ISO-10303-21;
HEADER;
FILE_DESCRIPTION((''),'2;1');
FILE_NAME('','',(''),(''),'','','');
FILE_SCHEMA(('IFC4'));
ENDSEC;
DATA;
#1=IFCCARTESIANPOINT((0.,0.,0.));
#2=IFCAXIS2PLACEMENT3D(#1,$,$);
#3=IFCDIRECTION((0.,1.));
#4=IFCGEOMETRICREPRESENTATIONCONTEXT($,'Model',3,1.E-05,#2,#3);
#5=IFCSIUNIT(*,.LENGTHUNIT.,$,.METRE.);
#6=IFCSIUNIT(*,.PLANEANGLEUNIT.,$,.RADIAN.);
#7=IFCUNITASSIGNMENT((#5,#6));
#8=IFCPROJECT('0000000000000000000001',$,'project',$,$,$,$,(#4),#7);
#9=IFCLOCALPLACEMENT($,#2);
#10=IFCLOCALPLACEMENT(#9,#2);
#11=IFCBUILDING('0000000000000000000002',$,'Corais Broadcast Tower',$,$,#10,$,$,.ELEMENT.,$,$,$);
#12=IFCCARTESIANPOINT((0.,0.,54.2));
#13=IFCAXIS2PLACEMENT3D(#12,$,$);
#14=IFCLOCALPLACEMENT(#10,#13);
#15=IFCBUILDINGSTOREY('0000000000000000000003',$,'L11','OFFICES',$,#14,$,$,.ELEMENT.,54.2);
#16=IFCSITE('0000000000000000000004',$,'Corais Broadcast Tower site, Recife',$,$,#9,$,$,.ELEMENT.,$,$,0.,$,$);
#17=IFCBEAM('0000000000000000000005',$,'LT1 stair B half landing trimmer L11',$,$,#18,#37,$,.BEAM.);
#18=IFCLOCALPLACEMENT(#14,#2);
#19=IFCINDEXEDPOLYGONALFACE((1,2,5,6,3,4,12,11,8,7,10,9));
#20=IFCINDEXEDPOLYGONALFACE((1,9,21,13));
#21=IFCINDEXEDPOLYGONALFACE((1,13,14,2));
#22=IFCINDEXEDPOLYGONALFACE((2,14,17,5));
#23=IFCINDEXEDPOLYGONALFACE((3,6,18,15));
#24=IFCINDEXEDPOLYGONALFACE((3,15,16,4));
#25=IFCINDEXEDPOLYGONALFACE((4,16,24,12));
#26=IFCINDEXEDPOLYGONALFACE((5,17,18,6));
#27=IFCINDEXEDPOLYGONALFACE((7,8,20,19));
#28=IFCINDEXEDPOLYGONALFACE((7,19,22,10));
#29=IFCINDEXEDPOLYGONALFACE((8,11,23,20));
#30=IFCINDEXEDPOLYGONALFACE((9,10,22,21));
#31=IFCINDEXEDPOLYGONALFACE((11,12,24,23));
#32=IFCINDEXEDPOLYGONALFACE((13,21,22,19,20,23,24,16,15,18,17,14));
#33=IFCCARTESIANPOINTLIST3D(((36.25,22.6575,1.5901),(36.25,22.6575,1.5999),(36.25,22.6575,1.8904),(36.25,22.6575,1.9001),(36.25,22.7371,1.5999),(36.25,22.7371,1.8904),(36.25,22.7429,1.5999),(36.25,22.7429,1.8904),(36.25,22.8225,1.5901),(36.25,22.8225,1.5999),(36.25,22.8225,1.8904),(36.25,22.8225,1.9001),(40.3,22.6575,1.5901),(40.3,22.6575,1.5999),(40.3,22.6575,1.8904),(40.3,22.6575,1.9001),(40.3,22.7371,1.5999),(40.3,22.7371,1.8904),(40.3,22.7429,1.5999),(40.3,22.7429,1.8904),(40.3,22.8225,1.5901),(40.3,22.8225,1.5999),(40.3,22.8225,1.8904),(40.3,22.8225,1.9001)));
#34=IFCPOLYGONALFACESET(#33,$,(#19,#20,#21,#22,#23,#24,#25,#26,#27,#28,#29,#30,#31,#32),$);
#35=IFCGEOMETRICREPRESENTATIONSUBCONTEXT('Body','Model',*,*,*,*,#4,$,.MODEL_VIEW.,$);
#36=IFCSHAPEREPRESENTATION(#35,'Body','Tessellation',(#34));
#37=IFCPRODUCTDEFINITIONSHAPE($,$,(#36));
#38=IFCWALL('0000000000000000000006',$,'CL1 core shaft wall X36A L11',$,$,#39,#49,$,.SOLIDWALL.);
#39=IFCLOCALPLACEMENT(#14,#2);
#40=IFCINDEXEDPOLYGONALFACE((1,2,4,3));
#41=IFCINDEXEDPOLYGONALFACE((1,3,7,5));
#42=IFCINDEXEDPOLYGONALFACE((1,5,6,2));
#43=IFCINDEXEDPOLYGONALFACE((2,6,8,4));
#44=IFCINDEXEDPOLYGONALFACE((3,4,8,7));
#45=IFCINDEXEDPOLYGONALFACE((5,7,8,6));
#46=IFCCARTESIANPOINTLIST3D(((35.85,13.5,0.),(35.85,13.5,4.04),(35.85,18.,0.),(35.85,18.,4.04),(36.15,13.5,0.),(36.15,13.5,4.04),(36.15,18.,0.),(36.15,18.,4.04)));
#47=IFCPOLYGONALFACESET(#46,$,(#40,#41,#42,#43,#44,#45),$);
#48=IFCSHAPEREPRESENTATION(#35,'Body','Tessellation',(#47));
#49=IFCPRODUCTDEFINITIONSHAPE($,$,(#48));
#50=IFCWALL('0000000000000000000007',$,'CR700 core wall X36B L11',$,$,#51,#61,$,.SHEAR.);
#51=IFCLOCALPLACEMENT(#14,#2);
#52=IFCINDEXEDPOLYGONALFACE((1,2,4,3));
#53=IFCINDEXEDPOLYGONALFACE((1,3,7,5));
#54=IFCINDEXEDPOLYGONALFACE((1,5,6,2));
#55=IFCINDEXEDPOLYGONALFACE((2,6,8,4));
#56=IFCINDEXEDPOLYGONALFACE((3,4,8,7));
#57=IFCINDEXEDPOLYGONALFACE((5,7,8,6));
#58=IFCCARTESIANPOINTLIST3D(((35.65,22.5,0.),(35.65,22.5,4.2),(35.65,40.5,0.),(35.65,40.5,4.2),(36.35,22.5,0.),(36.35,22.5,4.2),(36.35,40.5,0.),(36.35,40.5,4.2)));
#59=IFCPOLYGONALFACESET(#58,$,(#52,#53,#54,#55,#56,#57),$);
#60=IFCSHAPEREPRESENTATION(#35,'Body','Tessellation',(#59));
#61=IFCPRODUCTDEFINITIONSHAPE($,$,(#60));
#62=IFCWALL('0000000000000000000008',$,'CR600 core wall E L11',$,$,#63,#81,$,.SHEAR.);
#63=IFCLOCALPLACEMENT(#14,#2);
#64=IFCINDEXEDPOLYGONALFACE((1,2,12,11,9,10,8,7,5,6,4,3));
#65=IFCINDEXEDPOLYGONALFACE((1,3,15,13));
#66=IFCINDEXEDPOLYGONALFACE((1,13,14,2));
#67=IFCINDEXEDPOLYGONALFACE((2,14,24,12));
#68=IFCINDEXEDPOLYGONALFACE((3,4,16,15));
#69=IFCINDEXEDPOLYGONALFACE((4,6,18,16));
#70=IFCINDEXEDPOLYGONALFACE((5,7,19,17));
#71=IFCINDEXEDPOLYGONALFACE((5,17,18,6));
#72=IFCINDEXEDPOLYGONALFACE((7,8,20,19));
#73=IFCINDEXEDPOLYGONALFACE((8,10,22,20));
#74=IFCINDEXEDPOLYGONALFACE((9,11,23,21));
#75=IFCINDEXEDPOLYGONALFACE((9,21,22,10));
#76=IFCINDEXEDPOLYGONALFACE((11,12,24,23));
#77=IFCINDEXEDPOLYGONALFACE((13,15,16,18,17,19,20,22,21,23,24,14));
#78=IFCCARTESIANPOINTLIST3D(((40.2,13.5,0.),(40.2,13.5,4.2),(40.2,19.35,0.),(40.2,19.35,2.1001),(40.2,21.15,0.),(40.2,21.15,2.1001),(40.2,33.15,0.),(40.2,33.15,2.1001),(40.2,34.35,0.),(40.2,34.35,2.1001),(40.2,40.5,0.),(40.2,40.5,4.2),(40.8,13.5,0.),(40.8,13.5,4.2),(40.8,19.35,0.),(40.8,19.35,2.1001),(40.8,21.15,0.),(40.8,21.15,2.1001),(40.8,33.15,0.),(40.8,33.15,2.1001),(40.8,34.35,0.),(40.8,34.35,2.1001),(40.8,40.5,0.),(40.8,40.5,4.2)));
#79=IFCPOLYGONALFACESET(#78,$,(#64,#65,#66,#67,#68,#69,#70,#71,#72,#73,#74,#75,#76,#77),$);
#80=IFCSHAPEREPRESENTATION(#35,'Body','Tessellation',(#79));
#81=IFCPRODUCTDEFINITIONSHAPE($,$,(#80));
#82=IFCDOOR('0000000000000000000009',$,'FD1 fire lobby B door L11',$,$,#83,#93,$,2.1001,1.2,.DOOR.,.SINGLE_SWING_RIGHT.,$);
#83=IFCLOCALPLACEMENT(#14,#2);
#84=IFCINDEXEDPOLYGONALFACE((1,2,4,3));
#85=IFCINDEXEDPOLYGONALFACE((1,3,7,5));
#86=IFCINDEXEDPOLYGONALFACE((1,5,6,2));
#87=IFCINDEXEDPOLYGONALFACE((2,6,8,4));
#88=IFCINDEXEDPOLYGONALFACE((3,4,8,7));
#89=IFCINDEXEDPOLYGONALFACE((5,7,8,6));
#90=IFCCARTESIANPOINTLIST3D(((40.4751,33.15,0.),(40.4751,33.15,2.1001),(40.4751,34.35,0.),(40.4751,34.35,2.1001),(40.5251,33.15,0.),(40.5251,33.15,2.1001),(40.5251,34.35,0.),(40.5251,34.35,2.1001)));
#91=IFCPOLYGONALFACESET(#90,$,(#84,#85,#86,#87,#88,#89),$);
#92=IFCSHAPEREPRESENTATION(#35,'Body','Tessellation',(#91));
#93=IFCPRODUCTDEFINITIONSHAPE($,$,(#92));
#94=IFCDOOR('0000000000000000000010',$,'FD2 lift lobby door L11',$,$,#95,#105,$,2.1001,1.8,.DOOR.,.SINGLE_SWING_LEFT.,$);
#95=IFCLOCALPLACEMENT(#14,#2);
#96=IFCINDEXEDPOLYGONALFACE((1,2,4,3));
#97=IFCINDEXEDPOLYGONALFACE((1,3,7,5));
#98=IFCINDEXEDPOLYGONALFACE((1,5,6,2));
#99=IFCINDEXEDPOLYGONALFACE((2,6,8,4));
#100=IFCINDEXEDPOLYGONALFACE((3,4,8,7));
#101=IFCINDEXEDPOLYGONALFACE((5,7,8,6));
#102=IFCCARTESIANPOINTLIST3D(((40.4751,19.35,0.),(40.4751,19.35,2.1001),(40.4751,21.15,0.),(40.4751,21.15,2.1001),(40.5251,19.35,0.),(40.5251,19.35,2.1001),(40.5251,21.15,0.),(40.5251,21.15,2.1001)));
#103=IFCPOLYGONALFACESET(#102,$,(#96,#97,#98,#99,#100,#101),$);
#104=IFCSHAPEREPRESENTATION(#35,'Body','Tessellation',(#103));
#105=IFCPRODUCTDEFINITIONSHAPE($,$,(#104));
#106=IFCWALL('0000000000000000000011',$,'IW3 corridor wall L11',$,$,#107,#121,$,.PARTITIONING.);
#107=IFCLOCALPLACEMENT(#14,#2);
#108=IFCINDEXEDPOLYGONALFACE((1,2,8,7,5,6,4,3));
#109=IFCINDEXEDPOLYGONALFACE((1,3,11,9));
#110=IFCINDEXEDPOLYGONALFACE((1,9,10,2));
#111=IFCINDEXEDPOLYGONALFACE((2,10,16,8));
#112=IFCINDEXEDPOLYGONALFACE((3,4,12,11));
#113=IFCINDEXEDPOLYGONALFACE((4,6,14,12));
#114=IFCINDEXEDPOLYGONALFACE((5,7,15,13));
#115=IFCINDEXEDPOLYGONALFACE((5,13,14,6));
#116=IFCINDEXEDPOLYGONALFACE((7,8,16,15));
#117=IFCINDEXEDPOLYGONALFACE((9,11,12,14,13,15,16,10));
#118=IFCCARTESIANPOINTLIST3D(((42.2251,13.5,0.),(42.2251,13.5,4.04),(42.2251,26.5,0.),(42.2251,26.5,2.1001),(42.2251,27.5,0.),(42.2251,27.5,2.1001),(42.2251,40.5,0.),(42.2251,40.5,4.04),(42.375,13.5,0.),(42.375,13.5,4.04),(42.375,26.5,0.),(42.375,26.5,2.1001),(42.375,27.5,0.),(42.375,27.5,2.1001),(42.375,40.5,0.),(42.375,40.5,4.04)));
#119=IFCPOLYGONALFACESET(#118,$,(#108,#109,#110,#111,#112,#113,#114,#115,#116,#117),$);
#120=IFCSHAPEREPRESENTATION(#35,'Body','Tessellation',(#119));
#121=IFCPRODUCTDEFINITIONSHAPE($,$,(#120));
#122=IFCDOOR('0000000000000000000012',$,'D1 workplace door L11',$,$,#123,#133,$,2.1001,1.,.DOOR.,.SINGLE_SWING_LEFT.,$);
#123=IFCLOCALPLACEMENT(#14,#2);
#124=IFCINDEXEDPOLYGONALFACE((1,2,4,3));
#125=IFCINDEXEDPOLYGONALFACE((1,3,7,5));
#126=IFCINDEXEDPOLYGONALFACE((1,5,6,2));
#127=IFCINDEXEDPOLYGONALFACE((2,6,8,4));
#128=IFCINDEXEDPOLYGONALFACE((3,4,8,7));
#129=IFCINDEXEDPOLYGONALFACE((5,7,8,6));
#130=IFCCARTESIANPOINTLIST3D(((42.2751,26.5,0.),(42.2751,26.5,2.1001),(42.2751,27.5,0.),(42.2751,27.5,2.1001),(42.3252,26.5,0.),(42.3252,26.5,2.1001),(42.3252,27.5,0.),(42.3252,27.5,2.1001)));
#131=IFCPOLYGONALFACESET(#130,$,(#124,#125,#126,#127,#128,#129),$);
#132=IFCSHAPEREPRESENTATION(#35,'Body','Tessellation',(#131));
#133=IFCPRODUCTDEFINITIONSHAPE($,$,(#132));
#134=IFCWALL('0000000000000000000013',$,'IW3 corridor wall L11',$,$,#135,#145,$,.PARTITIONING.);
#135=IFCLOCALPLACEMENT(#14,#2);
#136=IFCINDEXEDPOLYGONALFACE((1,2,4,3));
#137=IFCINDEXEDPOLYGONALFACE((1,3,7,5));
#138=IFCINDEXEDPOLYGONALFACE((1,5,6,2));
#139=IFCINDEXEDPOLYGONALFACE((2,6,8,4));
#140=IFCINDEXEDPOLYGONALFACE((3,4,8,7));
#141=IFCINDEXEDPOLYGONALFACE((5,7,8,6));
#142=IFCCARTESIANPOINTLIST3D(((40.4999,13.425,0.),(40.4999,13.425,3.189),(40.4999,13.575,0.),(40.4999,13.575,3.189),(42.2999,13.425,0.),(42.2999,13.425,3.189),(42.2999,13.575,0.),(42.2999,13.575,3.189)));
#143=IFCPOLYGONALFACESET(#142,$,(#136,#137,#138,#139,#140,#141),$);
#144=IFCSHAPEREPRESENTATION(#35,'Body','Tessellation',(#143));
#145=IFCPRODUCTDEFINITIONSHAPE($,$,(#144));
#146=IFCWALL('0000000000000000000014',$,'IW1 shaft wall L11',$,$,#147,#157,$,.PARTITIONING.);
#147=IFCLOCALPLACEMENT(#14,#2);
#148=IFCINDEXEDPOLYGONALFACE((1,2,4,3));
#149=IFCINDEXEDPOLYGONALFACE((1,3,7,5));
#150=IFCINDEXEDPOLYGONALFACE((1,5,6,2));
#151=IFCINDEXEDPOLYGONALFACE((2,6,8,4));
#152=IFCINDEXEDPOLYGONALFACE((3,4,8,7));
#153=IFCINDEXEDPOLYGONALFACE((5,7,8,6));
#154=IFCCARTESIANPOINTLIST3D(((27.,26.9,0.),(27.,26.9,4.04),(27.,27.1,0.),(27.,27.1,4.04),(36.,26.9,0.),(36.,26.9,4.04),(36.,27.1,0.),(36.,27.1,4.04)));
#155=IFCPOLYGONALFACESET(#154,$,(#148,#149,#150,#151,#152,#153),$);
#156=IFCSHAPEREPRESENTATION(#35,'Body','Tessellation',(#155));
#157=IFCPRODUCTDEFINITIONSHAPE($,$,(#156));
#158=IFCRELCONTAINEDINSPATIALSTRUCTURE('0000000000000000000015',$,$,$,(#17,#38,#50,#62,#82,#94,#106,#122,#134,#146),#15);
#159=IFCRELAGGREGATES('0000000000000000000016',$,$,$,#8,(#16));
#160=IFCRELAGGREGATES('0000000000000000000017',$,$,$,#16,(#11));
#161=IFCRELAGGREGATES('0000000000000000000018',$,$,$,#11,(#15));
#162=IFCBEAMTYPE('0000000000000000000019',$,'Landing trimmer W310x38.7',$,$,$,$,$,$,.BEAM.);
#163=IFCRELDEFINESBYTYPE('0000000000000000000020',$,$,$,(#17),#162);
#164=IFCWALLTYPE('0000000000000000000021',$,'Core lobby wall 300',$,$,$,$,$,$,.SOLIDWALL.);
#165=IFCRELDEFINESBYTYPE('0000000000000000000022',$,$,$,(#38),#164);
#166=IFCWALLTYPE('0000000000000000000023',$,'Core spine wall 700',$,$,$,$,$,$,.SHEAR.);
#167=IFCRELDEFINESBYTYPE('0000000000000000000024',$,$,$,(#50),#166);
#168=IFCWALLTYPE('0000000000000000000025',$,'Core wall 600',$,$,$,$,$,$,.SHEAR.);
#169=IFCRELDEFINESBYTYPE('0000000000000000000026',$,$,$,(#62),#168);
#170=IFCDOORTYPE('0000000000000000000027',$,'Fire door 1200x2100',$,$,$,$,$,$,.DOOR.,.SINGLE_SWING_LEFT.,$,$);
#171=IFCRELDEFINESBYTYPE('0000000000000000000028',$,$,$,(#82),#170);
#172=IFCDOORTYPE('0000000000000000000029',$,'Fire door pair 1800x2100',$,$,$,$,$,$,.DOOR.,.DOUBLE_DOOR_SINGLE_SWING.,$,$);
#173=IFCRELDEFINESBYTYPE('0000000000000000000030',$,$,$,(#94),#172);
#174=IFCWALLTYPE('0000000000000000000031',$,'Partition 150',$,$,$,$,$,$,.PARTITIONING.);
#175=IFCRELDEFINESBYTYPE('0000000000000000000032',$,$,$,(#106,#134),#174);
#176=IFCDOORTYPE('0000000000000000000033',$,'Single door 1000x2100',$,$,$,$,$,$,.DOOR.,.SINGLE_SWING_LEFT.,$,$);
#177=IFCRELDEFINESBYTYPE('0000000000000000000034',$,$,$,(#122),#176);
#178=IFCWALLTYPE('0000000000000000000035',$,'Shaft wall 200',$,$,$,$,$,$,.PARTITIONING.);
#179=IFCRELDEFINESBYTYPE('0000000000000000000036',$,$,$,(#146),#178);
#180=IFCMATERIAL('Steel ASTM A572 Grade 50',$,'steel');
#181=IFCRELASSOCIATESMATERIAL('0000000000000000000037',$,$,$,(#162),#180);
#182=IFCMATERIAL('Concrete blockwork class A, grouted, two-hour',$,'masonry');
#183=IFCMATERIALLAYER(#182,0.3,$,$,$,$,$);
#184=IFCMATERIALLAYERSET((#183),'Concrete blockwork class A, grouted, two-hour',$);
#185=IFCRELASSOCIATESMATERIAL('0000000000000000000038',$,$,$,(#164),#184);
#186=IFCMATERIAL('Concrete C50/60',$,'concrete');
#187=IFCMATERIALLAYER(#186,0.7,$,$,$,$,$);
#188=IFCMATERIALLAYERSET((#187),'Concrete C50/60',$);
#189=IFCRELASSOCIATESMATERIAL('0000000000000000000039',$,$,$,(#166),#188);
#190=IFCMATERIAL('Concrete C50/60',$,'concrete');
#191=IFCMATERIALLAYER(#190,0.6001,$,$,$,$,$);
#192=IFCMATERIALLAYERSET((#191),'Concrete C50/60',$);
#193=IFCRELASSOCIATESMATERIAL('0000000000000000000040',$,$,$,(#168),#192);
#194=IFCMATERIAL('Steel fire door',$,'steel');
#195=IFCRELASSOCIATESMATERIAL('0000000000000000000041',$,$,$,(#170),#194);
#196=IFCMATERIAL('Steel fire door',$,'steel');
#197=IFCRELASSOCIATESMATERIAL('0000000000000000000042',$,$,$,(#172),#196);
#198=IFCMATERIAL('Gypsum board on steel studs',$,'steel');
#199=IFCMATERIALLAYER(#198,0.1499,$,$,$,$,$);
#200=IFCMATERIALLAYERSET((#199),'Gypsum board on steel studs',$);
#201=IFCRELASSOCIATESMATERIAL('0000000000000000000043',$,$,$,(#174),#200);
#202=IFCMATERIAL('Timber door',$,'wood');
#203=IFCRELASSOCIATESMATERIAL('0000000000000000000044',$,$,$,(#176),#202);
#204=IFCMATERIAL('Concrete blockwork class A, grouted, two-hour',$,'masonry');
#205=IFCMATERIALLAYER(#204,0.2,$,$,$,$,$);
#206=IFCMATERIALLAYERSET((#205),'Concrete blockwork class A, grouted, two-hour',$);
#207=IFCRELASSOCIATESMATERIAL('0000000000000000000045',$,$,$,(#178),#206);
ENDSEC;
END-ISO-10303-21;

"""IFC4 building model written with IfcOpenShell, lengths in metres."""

from ifc_helpers import new_model, si_unit, direction, frame, frame_2d, origin, origin_2d, place, context, subcontext, project, spatial, rectangle, i_section, extrude, material, layer, layer_set, material_profile, profile_set, type_object, element, fill, save


model = new_model("IFC4")

# Units and contexts
model_context = context("Model", 3, precision=1e-05, world=origin(), true_north=direction((0.0, 1.0)))
body_context = subcontext(model_context, "Body", "Model", "MODEL_VIEW")
ifc_project = project(units=[si_unit("LENGTHUNIT", "METRE"), si_unit("PLANEANGLEUNIT", "RADIAN")], contexts=[model_context])

# Site, building, storey
site_placement = place(None, origin())
site = spatial("IfcSite", under=ifc_project, at=site_placement, Name="Corais Broadcast Tower site, Recife", CompositionType="ELEMENT", RefElevation=0.0)
building_placement = place(site_placement, origin())
building = spatial("IfcBuilding", under=site, at=building_placement, Name="Corais Broadcast Tower", CompositionType="ELEMENT")
storey_placement = place(building_placement, frame((0.0, 0.0, 54.2)))
storey = spatial("IfcBuildingStorey", under=building, at=storey_placement, Name="L11", Description="OFFICES", CompositionType="ELEMENT", Elevation=54.2)

# Beam
ifc_material_1 = material(Name="Steel ASTM A572 Grade 50", Category="steel")
ifc_material_profile = material_profile(ifc_material_1, i_section(OverallWidth=0.165, OverallDepth=0.3101, WebThickness=0.0059, FlangeThickness=0.0098, at=origin_2d()), Name="W310x38.7")
ifc_profile_set = profile_set([ifc_material_profile], Name="Steel ASTM A572 Grade 50")
beam_type = type_object("IfcBeamType", Name="Landing trimmer W310x38.7", PredefinedType="BEAM", material=ifc_profile_set)
beam_placement = place(storey_placement, frame((36.25, 22.74, 1.7451), z_axis=(1.0, 0.0, 0.0), x_axis=(0.0, 1.0, 0.0)))
element("IfcBeam", 1, at=beam_placement, inside=storey, type_object=beam_type, Name="LT1 stair B half landing trimmer L11", PredefinedType="BEAM", context=body_context, shape_type="SweptSolid", body=[
    extrude(i_section(OverallWidth=0.165, OverallDepth=0.3101, WebThickness=0.0059, FlangeThickness=0.0098, at=origin_2d()), origin(), (0.0, 0.0, 1.0), 4.05),
])

# Walls
ifc_material_2 = material(Name="Concrete blockwork class A, grouted, two-hour", Category="masonry")
ifc_layer_1 = layer(ifc_material_2, 0.3)
ifc_layer_set_1 = layer_set([ifc_layer_1], Name="Concrete blockwork class A, grouted, two-hour")
wall_type_1 = type_object("IfcWallType", Name="Core lobby wall 300", PredefinedType="SOLIDWALL", material=ifc_layer_set_1)
wall_1_placement = place(storey_placement, frame((36.0, 13.5, 0.0), z_axis=(0.0, 0.0, 1.0), x_axis=(0.0, 1.0, 0.0)))
element("IfcWall", 2, at=wall_1_placement, inside=storey, type_object=wall_type_1, Name="CL1 core shaft wall X36A L11", PredefinedType="SOLIDWALL", context=body_context, shape_type="SweptSolid", body=[
    extrude(rectangle(XDim=4.5, YDim=0.3, at=frame_2d((2.25, 0.0))), origin(), (0.0, 0.0, 1.0), 4.04),
])
ifc_material_3 = material(Name="Concrete C50/60", Category="concrete")
ifc_layer_2 = layer(ifc_material_3, 0.7)
ifc_layer_set_2 = layer_set([ifc_layer_2], Name="Concrete C50/60")
wall_type_2 = type_object("IfcWallType", Name="Core spine wall 700", PredefinedType="SHEAR", material=ifc_layer_set_2)
wall_2_placement = place(storey_placement, frame((36.0, 22.5, 0.0), z_axis=(0.0, 0.0, 1.0), x_axis=(0.0, 1.0, 0.0)))
element("IfcWall", 3, at=wall_2_placement, inside=storey, type_object=wall_type_2, Name="CR700 core wall X36B L11", PredefinedType="SHEAR", context=body_context, shape_type="SweptSolid", body=[
    extrude(rectangle(XDim=18.0, YDim=0.7, at=frame_2d((9.0, 0.0))), origin(), (0.0, 0.0, 1.0), 4.2),
])

# Wall, openings, doors
ifc_material_4 = material(Name="Concrete C50/60", Category="concrete")
ifc_layer_3 = layer(ifc_material_4, 0.6001)
ifc_layer_set_3 = layer_set([ifc_layer_3], Name="Concrete C50/60")
wall_type_3 = type_object("IfcWallType", Name="Core wall 600", PredefinedType="SHEAR", material=ifc_layer_set_3)
wall_3_placement = place(storey_placement, frame((40.5, 13.5, 0.0), z_axis=(0.0, 0.0, 1.0), x_axis=(0.0, 1.0, 0.0)))
wall_3 = element("IfcWall", 4, at=wall_3_placement, inside=storey, type_object=wall_type_3, Name="CR600 core wall E L11", PredefinedType="SHEAR", context=body_context, shape_type="SweptSolid", body=[
    extrude(rectangle(XDim=27.0, YDim=0.6001, at=frame_2d((13.5, 0.0))), origin(), (0.0, 0.0, 1.0), 4.2),
])
opening_1_placement = place(wall_3_placement, frame((5.8501, 0.0, 0.0)))
opening_1 = element("IfcOpeningElement", 5, at=opening_1_placement, cuts=wall_3, PredefinedType="OPENING", context=body_context, shape_type="SweptSolid", body=[
    extrude(rectangle(XDim=1.8, YDim=2.1001, at=frame_2d((0.8999, 1.05))), frame((0.0, 0.3101, 0.0), z_axis=(0.0, -1.0, 0.0), x_axis=(1.0, 0.0, 0.0)), (0.0, 0.0, 1.0), 0.6201),
])
opening_2_placement = place(wall_3_placement, frame((19.6499, 0.0, 0.0)))
opening_2 = element("IfcOpeningElement", 6, at=opening_2_placement, cuts=wall_3, PredefinedType="OPENING", context=body_context, shape_type="SweptSolid", body=[
    extrude(rectangle(XDim=1.2, YDim=2.1001, at=frame_2d((0.6001, 1.05))), frame((0.0, 0.3101, 0.0), z_axis=(0.0, -1.0, 0.0), x_axis=(1.0, 0.0, 0.0)), (0.0, 0.0, 1.0), 0.6201),
])
ifc_material_5 = material(Name="Steel fire door", Category="steel")
door_type_1 = type_object("IfcDoorType", Name="Fire door 1200x2100", OperationType="SINGLE_SWING_LEFT", PredefinedType="DOOR", material=ifc_material_5)
door_1_placement = place(opening_2_placement, origin())
door_1 = element("IfcDoor", 7, at=door_1_placement, inside=storey, type_object=door_type_1, Name="FD1 fire lobby B door L11", OperationType="SINGLE_SWING_RIGHT", OverallHeight=2.1001, OverallWidth=1.2, PredefinedType="DOOR", context=body_context, shape_type="SweptSolid", body=[
    extrude(rectangle(XDim=1.2, YDim=2.1001, at=frame_2d((0.6001, 1.05))), frame((0.0, 0.0249, 0.0), z_axis=(0.0, -1.0, 0.0), x_axis=(1.0, 0.0, 0.0)), (0.0, 0.0, 1.0), 0.05),
])
fill(opening_2, door_1)
ifc_material_6 = material(Name="Steel fire door", Category="steel")
door_type_2 = type_object("IfcDoorType", Name="Fire door pair 1800x2100", OperationType="DOUBLE_DOOR_SINGLE_SWING", PredefinedType="DOOR", material=ifc_material_6)
door_2_placement = place(opening_1_placement, origin())
door_2 = element("IfcDoor", 8, at=door_2_placement, inside=storey, type_object=door_type_2, Name="FD2 lift lobby door L11", OperationType="SINGLE_SWING_LEFT", OverallHeight=2.1001, OverallWidth=1.8, PredefinedType="DOOR", context=body_context, shape_type="SweptSolid", body=[
    extrude(rectangle(XDim=1.8, YDim=2.1001, at=frame_2d((0.8999, 1.05))), frame((0.0, 0.0249, 0.0), z_axis=(0.0, -1.0, 0.0), x_axis=(1.0, 0.0, 0.0)), (0.0, 0.0, 1.0), 0.05),
])
fill(opening_1, door_2)

# Wall, opening, door
ifc_material_7 = material(Name="Gypsum board on steel studs", Category="steel")
ifc_layer_4 = layer(ifc_material_7, 0.1499)
ifc_layer_set_4 = layer_set([ifc_layer_4], Name="Gypsum board on steel studs")
wall_type_4 = type_object("IfcWallType", Name="Partition 150", PredefinedType="PARTITIONING", material=ifc_layer_set_4)
wall_4_placement = place(storey_placement, frame((42.3, 13.5, 0.0), z_axis=(0.0, 0.0, 1.0), x_axis=(0.0, 1.0, 0.0)))
wall_4 = element("IfcWall", 9, at=wall_4_placement, inside=storey, type_object=wall_type_4, Name="IW3 corridor wall L11", PredefinedType="PARTITIONING", context=body_context, shape_type="SweptSolid", body=[
    extrude(rectangle(XDim=27.0, YDim=0.1499, at=frame_2d((13.5, 0.0))), origin(), (0.0, 0.0, 1.0), 4.04),
])
opening_3_placement = place(wall_4_placement, frame((13.0, 0.0, 0.0)))
opening_3 = element("IfcOpeningElement", 10, at=opening_3_placement, cuts=wall_4, PredefinedType="OPENING", context=body_context, shape_type="SweptSolid", body=[
    extrude(rectangle(XDim=1.0, YDim=2.1001, at=frame_2d((0.5, 1.05))), frame((0.0, 0.085, 0.0), z_axis=(0.0, -1.0, 0.0), x_axis=(1.0, 0.0, 0.0)), (0.0, 0.0, 1.0), 0.1699),
])
ifc_material_8 = material(Name="Timber door", Category="wood")
door_type_3 = type_object("IfcDoorType", Name="Single door 1000x2100", OperationType="SINGLE_SWING_LEFT", PredefinedType="DOOR", material=ifc_material_8)
door_3_placement = place(opening_3_placement, origin())
door_3 = element("IfcDoor", 11, at=door_3_placement, inside=storey, type_object=door_type_3, Name="D1 workplace door L11", OperationType="SINGLE_SWING_LEFT", OverallHeight=2.1001, OverallWidth=1.0, PredefinedType="DOOR", context=body_context, shape_type="SweptSolid", body=[
    extrude(rectangle(XDim=1.0, YDim=2.1001, at=frame_2d((0.5, 1.05))), frame((0.0, 0.0249, 0.0), z_axis=(0.0, -1.0, 0.0), x_axis=(1.0, 0.0, 0.0)), (0.0, 0.0, 1.0), 0.05),
])
fill(opening_3, door_3)

# Walls
wall_5_placement = place(storey_placement, frame((40.5, 13.5, 0.0), z_axis=(0.0, 0.0, 1.0), x_axis=(1.0, 0.0, 0.0)))
element("IfcWall", 12, at=wall_5_placement, inside=storey, type_object=wall_type_4, Name="IW3 corridor wall L11", PredefinedType="PARTITIONING", context=body_context, shape_type="SweptSolid", body=[
    extrude(rectangle(XDim=1.8, YDim=0.1499, at=frame_2d((0.8999, 0.0))), origin(), (0.0, 0.0, 1.0), 3.189),
])
ifc_material_9 = material(Name="Concrete blockwork class A, grouted, two-hour", Category="masonry")
ifc_layer_5 = layer(ifc_material_9, 0.2)
ifc_layer_set_5 = layer_set([ifc_layer_5], Name="Concrete blockwork class A, grouted, two-hour")
wall_type_5 = type_object("IfcWallType", Name="Shaft wall 200", PredefinedType="PARTITIONING", material=ifc_layer_set_5)
wall_6_placement = place(storey_placement, frame((27.0, 27.0, 0.0), z_axis=(0.0, 0.0, 1.0), x_axis=(1.0, 0.0, 0.0)))
element("IfcWall", 13, at=wall_6_placement, inside=storey, type_object=wall_type_5, Name="IW1 shaft wall L11", PredefinedType="PARTITIONING", context=body_context, shape_type="SweptSolid", body=[
    extrude(rectangle(XDim=9.0, YDim=0.2, at=frame_2d((4.5, 0.0))), origin(), (0.0, 0.0, 1.0), 4.04),
])

save(model, "model.ifc")
